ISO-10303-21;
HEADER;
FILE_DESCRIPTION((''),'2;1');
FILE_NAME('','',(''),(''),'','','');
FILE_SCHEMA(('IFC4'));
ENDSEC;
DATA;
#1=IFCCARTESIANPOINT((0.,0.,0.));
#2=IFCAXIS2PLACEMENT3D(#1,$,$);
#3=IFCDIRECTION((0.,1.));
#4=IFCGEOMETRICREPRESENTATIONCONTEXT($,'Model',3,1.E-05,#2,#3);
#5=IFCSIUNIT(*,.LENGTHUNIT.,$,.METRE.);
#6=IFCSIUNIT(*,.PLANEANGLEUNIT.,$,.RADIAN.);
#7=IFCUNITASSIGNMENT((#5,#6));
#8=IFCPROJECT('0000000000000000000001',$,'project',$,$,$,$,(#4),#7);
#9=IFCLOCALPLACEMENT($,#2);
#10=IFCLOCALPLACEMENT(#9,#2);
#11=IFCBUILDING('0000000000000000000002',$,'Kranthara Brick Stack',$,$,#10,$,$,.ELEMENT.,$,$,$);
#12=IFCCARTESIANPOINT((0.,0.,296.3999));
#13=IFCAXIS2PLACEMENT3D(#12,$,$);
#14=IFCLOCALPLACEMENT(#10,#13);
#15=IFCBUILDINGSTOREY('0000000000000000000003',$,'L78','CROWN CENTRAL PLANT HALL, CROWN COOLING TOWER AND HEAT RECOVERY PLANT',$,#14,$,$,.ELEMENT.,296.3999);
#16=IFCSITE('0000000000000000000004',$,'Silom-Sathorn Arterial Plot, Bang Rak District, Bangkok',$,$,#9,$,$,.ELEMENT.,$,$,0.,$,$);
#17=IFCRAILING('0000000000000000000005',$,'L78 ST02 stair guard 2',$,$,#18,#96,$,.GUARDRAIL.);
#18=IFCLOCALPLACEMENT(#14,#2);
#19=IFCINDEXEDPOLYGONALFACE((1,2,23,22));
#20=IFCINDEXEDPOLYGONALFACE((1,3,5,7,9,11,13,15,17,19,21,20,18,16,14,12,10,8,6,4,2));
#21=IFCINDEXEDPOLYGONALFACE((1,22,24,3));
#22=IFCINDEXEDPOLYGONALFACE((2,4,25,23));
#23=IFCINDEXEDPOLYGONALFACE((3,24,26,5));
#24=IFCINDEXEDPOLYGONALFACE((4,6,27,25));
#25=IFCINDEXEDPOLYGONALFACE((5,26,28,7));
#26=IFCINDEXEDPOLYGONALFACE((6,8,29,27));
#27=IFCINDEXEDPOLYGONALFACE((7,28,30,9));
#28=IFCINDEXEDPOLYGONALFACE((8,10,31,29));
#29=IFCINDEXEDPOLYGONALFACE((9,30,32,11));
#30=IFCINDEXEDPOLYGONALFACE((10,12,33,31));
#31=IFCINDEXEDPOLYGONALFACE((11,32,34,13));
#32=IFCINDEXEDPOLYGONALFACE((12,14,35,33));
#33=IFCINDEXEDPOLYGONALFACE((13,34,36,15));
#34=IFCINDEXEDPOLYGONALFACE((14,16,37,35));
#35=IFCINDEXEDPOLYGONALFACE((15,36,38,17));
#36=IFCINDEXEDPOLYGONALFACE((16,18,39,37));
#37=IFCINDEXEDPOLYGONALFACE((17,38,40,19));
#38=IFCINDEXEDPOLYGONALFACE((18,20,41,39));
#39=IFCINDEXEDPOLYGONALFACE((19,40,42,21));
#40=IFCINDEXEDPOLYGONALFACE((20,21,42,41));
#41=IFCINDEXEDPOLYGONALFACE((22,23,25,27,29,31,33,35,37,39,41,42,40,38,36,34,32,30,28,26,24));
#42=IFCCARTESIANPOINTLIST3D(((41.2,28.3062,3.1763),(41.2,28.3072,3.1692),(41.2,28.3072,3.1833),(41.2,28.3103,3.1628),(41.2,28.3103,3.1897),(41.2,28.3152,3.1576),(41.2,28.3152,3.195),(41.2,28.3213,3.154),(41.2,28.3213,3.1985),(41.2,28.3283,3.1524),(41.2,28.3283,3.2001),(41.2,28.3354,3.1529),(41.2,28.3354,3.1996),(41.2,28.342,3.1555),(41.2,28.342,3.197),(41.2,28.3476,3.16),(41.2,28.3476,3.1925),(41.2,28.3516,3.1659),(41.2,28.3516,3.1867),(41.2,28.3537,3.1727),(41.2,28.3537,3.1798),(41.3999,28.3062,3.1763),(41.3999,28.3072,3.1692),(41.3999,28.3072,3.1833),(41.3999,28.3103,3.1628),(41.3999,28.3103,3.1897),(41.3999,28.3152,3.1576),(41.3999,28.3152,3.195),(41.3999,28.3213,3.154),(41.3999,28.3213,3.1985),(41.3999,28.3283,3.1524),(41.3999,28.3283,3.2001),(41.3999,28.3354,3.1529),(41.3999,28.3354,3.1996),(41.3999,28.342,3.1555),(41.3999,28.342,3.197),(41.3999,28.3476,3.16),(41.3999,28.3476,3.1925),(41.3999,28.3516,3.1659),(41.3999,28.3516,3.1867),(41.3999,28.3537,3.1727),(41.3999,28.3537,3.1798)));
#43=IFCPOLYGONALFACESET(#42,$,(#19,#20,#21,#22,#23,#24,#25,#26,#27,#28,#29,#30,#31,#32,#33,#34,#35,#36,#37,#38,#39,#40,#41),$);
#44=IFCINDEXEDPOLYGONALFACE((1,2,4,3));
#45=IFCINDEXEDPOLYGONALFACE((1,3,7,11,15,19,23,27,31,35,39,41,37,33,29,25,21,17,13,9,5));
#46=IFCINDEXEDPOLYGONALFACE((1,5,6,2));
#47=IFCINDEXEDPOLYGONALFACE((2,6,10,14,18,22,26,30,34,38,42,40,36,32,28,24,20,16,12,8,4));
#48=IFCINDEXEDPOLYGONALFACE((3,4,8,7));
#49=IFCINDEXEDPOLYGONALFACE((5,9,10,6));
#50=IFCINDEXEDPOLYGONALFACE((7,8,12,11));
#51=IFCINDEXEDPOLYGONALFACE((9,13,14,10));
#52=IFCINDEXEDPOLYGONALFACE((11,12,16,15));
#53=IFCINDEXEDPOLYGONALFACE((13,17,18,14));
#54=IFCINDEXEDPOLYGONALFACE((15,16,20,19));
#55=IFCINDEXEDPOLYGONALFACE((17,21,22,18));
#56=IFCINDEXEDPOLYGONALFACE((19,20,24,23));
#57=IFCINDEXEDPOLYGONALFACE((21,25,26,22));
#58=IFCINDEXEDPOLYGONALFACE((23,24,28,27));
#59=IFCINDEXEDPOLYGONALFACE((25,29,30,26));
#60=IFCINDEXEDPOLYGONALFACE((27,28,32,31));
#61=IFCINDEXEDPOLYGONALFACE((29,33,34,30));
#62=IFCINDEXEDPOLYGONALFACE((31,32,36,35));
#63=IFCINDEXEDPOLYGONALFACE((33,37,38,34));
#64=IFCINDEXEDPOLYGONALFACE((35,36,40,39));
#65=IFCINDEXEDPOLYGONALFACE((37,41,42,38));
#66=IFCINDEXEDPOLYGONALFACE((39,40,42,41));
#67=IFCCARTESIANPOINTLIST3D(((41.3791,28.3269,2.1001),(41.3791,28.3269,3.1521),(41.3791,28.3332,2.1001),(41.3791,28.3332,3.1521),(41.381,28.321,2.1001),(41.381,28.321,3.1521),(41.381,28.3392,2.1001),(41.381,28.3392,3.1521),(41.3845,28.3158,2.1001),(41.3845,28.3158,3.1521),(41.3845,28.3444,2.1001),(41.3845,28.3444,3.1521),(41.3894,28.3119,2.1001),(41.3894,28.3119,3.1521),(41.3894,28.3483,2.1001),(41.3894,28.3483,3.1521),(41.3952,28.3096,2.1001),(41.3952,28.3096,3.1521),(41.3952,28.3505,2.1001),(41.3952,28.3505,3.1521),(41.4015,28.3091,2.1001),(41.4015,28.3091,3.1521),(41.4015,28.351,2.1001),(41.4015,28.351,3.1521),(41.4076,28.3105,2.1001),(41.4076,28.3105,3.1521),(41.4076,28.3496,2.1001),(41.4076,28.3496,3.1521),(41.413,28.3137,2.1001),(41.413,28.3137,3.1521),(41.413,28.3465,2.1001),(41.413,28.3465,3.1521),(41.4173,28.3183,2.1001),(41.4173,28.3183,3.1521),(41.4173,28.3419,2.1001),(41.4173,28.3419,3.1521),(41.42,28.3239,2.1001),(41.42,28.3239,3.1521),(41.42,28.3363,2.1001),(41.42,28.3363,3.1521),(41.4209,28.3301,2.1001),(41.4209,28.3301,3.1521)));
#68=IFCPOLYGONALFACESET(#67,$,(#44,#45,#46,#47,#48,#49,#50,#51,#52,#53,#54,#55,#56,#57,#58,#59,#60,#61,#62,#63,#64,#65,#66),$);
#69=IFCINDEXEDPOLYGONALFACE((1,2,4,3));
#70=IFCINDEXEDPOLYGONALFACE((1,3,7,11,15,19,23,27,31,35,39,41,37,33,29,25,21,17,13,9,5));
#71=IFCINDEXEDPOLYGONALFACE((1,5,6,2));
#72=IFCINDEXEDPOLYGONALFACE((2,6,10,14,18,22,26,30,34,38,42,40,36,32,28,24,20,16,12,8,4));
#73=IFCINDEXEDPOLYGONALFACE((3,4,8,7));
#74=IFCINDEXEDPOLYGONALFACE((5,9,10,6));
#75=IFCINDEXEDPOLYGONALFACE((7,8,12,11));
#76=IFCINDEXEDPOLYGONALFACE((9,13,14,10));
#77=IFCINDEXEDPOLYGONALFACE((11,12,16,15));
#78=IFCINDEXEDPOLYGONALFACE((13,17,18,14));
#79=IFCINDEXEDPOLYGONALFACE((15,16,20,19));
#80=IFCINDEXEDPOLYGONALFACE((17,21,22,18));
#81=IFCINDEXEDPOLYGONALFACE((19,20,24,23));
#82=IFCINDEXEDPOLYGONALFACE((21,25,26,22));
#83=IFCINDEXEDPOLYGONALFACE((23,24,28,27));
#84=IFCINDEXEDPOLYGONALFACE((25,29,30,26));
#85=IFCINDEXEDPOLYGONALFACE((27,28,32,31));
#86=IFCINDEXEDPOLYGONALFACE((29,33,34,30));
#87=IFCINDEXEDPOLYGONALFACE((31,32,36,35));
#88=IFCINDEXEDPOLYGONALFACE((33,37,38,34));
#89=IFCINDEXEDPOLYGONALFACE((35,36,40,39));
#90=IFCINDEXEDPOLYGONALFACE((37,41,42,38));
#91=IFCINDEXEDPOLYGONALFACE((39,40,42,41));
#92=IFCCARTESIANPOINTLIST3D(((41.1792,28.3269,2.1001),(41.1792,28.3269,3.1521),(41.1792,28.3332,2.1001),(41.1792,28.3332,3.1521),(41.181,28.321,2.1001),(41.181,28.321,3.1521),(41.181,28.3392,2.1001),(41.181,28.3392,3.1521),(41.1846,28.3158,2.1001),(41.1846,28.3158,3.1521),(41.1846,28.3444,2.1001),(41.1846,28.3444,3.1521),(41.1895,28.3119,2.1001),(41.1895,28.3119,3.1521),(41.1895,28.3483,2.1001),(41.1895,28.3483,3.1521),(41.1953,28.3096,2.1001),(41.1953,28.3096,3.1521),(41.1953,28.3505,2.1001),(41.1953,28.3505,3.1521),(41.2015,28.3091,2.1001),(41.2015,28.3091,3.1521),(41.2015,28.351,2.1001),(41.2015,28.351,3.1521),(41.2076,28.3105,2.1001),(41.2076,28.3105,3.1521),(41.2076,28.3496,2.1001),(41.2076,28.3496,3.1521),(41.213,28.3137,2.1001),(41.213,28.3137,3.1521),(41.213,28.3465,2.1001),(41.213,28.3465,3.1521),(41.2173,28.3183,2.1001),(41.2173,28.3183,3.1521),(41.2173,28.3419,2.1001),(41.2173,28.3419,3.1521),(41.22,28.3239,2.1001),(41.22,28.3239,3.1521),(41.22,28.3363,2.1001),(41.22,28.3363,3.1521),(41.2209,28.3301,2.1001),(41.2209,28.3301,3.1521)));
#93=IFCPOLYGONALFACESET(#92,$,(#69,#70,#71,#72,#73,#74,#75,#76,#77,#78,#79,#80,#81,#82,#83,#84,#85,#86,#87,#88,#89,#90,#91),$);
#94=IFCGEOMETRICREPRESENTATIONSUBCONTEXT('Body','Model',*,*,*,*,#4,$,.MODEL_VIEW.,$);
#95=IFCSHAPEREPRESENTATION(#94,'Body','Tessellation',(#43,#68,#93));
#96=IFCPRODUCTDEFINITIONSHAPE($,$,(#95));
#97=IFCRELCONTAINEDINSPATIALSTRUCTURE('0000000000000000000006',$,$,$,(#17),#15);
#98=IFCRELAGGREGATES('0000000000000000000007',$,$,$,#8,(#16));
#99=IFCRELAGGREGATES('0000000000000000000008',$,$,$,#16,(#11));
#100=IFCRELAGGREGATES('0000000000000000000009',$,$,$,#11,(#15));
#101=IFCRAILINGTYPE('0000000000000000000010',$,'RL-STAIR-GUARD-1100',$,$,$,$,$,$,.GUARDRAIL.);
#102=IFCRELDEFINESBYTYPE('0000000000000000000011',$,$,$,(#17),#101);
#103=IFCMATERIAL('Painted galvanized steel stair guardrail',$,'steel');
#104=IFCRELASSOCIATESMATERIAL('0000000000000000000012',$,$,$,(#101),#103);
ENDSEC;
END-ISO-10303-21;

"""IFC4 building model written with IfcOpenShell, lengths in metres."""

from ifc_helpers import new_model, si_unit, direction, frame, origin, origin_2d, place, context, subcontext, project, spatial, circle, extrude, material, type_object, element, save


model = new_model("IFC4")

# Units and contexts
model_context = context("Model", 3, precision=1e-05, world=origin(), true_north=direction((0.0, 1.0)))
body_context = subcontext(model_context, "Body", "Model", "MODEL_VIEW")
ifc_project = project(units=[si_unit("LENGTHUNIT", "METRE"), si_unit("PLANEANGLEUNIT", "RADIAN")], contexts=[model_context])

# Site, building, storey
site_placement = place(None, origin())
site = spatial("IfcSite", under=ifc_project, at=site_placement, Name="Silom-Sathorn Arterial Plot, Bang Rak District, Bangkok", CompositionType="ELEMENT", RefElevation=0.0)
building_placement = place(site_placement, origin())
building = spatial("IfcBuilding", under=site, at=building_placement, Name="Kranthara Brick Stack", CompositionType="ELEMENT")
storey_placement = place(building_placement, frame((0.0, 0.0, 296.3999)))
storey = spatial("IfcBuildingStorey", under=building, at=storey_placement, Name="L78", Description="CROWN CENTRAL PLANT HALL, CROWN COOLING TOWER AND HEAT RECOVERY PLANT", CompositionType="ELEMENT", Elevation=296.3999)

# Railing
ifc_material_1 = material(Name="Painted galvanized steel stair guardrail", Category="steel")
railing_type_1 = type_object("IfcRailingType", Name="RL-STAIR-GUARD-1100", PredefinedType="GUARDRAIL", material=ifc_material_1)
railing_1_placement = place(storey_placement, frame((41.3999, 28.3301, 2.1001)))
element("IfcRailing", 1, at=railing_1_placement, inside=storey, type_object=railing_type_1, Name="L78 ST02 stair guard 2", PredefinedType="GUARDRAIL", context=body_context, shape_type="SweptSolid", body=[
    extrude(circle(Radius=0.0239, at=origin_2d()), frame((0.0, 0.0, 1.0762), z_axis=(-1.0, 0.0, 0.0), x_axis=(0.0, -1.0, 0.0)), (0.0, 0.0, 1.0), 0.2),
    extrude(circle(Radius=0.021, at=origin_2d()), origin(), (0.0, 0.0, 1.0), 1.052),
    extrude(circle(Radius=0.021, at=origin_2d()), frame((-0.2, 0.0, 0.0)), (0.0, 0.0, 1.0), 1.052),
])

save(model, "model.ifc")
